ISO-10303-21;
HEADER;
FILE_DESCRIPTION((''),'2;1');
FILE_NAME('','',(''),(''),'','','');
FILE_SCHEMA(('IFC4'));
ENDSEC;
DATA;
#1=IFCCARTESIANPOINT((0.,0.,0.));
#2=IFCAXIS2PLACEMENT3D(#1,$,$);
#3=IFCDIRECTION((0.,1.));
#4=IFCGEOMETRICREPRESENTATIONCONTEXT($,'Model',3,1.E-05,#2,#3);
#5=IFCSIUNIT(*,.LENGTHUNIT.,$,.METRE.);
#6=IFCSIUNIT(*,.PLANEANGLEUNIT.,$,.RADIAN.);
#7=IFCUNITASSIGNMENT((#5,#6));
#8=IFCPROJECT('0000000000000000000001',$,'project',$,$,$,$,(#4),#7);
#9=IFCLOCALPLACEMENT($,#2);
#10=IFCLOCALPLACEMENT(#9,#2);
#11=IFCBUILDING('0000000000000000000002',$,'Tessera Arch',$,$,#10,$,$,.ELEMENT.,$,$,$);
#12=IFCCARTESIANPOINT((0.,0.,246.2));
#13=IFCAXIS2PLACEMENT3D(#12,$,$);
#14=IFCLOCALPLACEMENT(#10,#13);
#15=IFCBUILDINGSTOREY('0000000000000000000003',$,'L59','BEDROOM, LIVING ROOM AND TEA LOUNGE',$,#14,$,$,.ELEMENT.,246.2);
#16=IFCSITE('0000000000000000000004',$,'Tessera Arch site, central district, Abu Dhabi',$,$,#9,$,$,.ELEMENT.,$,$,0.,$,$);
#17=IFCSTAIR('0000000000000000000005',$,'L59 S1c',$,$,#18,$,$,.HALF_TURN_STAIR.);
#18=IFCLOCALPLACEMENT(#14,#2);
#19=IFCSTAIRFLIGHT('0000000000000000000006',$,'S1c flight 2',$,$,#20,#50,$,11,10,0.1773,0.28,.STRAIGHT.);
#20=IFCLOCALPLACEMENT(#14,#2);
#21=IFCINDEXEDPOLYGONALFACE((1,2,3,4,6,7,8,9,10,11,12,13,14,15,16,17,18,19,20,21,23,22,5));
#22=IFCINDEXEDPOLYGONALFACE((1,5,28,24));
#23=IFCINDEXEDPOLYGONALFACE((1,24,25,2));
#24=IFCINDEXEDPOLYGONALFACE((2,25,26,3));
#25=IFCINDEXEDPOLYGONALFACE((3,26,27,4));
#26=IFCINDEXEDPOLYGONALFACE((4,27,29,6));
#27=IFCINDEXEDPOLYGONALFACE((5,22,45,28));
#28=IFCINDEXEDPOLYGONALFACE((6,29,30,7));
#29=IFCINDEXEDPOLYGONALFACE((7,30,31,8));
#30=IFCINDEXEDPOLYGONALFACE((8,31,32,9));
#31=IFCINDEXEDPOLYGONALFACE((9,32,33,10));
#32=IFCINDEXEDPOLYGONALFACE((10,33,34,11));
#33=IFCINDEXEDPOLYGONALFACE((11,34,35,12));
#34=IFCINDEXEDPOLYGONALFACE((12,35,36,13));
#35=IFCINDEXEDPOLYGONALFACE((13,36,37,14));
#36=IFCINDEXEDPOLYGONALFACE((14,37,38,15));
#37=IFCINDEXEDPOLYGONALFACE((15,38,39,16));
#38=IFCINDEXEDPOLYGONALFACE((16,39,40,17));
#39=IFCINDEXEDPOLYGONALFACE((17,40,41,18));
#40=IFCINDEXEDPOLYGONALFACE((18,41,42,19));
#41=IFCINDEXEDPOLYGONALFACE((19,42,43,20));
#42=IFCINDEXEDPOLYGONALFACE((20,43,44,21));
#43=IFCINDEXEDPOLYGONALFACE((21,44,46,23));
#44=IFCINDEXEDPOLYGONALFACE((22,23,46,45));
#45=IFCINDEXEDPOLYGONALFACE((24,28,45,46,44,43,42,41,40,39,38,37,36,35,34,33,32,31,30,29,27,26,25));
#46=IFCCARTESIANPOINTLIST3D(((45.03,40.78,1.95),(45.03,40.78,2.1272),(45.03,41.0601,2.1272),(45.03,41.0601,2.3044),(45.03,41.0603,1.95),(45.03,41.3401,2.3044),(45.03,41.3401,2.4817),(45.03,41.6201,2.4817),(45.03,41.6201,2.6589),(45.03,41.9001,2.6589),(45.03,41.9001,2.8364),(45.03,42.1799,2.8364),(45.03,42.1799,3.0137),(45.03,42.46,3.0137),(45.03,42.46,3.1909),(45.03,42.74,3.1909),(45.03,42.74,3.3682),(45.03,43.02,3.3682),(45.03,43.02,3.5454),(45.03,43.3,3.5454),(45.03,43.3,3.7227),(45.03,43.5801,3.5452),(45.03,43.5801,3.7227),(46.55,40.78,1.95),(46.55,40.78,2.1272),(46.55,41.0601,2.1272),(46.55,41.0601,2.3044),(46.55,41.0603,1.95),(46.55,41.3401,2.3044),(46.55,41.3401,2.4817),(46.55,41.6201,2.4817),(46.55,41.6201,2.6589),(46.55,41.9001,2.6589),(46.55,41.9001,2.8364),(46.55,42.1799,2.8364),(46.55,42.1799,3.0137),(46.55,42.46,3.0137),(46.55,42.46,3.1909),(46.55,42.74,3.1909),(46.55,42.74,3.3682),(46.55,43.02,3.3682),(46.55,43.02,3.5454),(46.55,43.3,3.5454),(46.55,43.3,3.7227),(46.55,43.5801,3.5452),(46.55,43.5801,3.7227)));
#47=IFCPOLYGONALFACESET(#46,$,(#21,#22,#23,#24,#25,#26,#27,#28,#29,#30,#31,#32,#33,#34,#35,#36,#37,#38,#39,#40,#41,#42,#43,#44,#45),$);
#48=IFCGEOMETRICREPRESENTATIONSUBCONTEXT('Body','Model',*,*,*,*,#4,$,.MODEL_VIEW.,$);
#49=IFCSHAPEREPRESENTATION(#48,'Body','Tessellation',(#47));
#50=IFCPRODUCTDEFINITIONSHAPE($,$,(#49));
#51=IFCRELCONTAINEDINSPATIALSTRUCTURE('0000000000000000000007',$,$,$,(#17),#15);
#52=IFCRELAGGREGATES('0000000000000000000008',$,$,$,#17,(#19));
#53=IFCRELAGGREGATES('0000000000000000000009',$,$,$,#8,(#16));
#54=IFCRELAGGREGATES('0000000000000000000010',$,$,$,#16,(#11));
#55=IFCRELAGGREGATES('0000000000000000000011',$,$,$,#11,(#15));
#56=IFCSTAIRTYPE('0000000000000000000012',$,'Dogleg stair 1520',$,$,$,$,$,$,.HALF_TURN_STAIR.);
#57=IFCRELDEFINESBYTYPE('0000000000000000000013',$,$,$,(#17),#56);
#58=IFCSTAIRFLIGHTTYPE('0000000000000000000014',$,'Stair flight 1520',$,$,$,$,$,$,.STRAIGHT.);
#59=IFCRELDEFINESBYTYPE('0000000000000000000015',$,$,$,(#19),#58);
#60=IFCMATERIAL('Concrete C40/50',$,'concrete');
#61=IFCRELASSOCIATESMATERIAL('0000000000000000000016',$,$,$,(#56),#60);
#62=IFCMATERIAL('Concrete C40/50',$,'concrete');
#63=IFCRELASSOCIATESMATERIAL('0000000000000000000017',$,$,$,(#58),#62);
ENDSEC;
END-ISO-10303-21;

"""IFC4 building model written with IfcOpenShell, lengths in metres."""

from ifc_helpers import new_model, si_unit, direction, frame, origin, place, context, subcontext, project, spatial, polyline, outline, extrude, material, type_object, element, aggregate, save


model = new_model("IFC4")

# Units and contexts
model_context = context("Model", 3, precision=1e-05, world=origin(), true_north=direction((0.0, 1.0)))
body_context = subcontext(model_context, "Body", "Model", "MODEL_VIEW")
ifc_project = project(units=[si_unit("LENGTHUNIT", "METRE"), si_unit("PLANEANGLEUNIT", "RADIAN")], contexts=[model_context])

# Site, building, storey
site_placement = place(None, origin())
site = spatial("IfcSite", under=ifc_project, at=site_placement, Name="Tessera Arch site, central district, Abu Dhabi", CompositionType="ELEMENT", RefElevation=0.0)
building_placement = place(site_placement, origin())
building = spatial("IfcBuilding", under=site, at=building_placement, Name="Tessera Arch", CompositionType="ELEMENT")
storey_placement = place(building_placement, frame((0.0, 0.0, 246.2)))
storey = spatial("IfcBuildingStorey", under=building, at=storey_placement, Name="L59", Description="BEDROOM, LIVING ROOM AND TEA LOUNGE", CompositionType="ELEMENT", Elevation=246.2)

# Stair, stair flight
ifc_material_1 = material(Name="Concrete C40/50", Category="concrete")
stair_type = type_object("IfcStairType", Name="Dogleg stair 1520", PredefinedType="HALF_TURN_STAIR", material=ifc_material_1)
ifc_material_2 = material(Name="Concrete C40/50", Category="concrete")
stair_flight_type = type_object("IfcStairFlightType", Name="Stair flight 1520", PredefinedType="STRAIGHT", material=ifc_material_2)
stair_1_placement = place(storey_placement, origin())
stair_1 = element("IfcStair", 1, at=stair_1_placement, inside=storey, type_object=stair_type, Name="L59 S1c", PredefinedType="HALF_TURN_STAIR")
stair_flight_1_placement = place(storey_placement, frame((45.79, 40.78, 1.95), z_axis=(0.0, 0.0, 1.0), x_axis=(0.0, 1.0, 0.0)))
stair_flight_1 = element("IfcStairFlight", 2, at=stair_flight_1_placement, type_object=stair_flight_type, Name="S1c flight 2", NumberOfRisers=11, NumberOfTreads=10, PredefinedType="STRAIGHT", RiserHeight=0.1773, TreadLength=0.28, context=body_context, shape_type="SweptSolid", body=[
    extrude(outline(polyline([(0.0, 0.0), (0.0, 0.1772), (0.28, 0.1772), (0.28, 0.3545), (0.5601, 0.3545), (0.5601, 0.5317), (0.8401, 0.5317), (0.8401, 0.709), (1.1201, 0.709), (1.1201, 0.8865), (1.3999, 0.8865), (1.3999, 1.0637), (1.6799, 1.0637), (1.6799, 1.241), (1.96, 1.241), (1.96, 1.4182), (2.24, 1.4182), (2.24, 1.5955), (2.52, 1.5955), (2.52, 1.7727), (2.8, 1.7727), (2.8, 1.95), (2.8, 1.5952), (0.2803, 0.0), (0.0, 0.0)])), frame((0.0, 0.76, 0.0), z_axis=(0.0, -1.0, 0.0), x_axis=(1.0, 0.0, 0.0)), (0.0, 0.0, 1.0), 1.52),
])
aggregate(stair_1, [stair_flight_1])

save(model, "model.ifc")
